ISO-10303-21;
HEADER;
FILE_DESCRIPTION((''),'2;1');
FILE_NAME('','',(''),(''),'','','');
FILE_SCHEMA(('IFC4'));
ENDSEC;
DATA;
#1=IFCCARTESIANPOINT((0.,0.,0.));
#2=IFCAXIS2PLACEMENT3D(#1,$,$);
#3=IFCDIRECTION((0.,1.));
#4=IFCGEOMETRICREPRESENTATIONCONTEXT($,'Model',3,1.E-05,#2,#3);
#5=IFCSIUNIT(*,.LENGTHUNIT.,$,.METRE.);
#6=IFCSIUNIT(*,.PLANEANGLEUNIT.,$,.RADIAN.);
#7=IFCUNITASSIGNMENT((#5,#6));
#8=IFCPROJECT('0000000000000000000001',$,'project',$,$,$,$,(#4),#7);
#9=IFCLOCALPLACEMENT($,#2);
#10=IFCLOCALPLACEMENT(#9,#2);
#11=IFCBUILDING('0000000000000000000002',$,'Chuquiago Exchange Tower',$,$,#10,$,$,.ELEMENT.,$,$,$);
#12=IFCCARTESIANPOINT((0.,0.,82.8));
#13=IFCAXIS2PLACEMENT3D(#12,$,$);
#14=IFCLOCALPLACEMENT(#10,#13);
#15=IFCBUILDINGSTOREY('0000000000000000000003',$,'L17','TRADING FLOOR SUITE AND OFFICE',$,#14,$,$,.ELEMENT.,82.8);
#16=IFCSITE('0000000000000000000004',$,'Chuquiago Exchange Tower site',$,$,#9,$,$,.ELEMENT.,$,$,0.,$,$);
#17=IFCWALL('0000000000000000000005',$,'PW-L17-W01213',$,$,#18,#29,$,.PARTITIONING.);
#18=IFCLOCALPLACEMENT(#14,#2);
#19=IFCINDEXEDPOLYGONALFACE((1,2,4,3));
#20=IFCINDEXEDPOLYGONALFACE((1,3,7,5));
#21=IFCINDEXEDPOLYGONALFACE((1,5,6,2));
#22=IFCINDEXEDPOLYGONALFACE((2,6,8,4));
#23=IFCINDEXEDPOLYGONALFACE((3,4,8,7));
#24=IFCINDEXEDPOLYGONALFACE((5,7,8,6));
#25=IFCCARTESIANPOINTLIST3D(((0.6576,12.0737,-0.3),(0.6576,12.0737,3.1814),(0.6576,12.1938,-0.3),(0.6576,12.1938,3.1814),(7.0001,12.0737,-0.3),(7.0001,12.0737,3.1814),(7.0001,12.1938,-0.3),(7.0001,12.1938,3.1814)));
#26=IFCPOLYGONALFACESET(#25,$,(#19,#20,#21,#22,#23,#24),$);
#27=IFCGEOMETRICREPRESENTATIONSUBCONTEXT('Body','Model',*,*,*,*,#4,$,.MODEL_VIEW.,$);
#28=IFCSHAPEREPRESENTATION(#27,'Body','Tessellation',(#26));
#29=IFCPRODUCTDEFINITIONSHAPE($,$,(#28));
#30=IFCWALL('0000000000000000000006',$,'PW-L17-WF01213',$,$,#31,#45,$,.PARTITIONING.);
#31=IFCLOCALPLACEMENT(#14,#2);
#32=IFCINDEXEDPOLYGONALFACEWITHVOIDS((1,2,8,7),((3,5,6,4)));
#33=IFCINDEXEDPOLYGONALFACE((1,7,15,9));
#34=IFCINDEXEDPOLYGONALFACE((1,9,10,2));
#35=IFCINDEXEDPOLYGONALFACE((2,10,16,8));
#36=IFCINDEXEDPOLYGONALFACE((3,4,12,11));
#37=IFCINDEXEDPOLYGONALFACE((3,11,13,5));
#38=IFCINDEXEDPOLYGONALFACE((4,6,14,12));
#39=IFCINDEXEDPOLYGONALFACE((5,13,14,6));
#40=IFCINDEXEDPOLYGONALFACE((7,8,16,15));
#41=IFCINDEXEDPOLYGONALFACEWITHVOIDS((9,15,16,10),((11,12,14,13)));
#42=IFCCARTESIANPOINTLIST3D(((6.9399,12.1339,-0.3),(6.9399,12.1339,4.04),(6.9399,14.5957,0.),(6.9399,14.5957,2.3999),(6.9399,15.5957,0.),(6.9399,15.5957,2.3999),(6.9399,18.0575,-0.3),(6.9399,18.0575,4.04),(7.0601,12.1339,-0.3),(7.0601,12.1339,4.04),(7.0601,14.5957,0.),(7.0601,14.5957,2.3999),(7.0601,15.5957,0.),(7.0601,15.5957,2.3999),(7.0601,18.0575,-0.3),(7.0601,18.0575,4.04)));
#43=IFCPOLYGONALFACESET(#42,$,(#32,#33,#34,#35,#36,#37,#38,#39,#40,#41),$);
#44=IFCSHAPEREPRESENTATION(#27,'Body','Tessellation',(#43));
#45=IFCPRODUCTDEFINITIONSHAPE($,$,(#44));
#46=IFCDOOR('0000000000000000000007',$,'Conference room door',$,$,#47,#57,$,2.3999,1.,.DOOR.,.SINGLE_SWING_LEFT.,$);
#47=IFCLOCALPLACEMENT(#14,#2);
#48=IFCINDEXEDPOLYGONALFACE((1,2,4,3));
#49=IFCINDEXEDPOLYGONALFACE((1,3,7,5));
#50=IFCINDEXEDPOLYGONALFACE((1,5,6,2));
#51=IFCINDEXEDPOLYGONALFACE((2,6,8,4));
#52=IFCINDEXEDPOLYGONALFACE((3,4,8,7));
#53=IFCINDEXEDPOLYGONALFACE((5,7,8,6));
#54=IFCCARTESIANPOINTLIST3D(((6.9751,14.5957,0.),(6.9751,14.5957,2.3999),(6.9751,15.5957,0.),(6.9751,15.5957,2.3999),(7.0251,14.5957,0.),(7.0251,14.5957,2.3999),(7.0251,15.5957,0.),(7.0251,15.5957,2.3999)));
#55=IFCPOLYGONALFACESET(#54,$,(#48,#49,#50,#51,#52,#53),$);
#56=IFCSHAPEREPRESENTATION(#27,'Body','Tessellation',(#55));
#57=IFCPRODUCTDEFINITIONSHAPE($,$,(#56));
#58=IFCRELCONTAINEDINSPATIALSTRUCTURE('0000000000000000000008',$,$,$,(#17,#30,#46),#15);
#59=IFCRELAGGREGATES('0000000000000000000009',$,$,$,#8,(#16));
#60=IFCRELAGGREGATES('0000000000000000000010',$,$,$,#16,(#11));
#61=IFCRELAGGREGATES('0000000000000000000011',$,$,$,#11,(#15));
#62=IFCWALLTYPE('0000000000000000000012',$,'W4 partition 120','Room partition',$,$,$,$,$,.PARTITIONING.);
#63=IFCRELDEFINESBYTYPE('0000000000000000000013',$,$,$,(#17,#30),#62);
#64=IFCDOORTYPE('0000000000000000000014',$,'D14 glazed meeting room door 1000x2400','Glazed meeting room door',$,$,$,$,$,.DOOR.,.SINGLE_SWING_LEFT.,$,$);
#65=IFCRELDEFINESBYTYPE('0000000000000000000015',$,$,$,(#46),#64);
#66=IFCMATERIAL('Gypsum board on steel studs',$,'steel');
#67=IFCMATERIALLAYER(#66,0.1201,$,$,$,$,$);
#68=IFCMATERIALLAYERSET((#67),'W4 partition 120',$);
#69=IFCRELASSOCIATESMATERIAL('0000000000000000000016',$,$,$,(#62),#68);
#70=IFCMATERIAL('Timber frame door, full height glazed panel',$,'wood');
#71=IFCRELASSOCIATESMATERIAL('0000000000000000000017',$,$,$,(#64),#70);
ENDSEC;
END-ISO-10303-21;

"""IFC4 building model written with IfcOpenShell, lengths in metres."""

from ifc_helpers import new_model, si_unit, direction, frame, frame_2d, origin, place, context, subcontext, project, spatial, rectangle, extrude, material, layer, layer_set, type_object, element, fill, save


model = new_model("IFC4")

# Units and contexts
model_context = context("Model", 3, precision=1e-05, world=origin(), true_north=direction((0.0, 1.0)))
body_context = subcontext(model_context, "Body", "Model", "MODEL_VIEW")
ifc_project = project(units=[si_unit("LENGTHUNIT", "METRE"), si_unit("PLANEANGLEUNIT", "RADIAN")], contexts=[model_context])

# Site, building, storey
site_placement = place(None, origin())
site = spatial("IfcSite", under=ifc_project, at=site_placement, Name="Chuquiago Exchange Tower site", CompositionType="ELEMENT", RefElevation=0.0)
building_placement = place(site_placement, origin())
building = spatial("IfcBuilding", under=site, at=building_placement, Name="Chuquiago Exchange Tower", CompositionType="ELEMENT")
storey_placement = place(building_placement, frame((0.0, 0.0, 82.8)))
storey = spatial("IfcBuildingStorey", under=building, at=storey_placement, Name="L17", Description="TRADING FLOOR SUITE AND OFFICE", CompositionType="ELEMENT", Elevation=82.8)

# Shared definitions
ifc_material_1 = material(Name="Gypsum board on steel studs", Category="steel")
ifc_layer_1 = layer(ifc_material_1, 0.1201)
ifc_layer_set_1 = layer_set([ifc_layer_1], Name="W4 partition 120")
wall_type_1 = type_object("IfcWallType", Name="W4 partition 120", Description="Room partition", PredefinedType="PARTITIONING", material=ifc_layer_set_1)

# Wall
wall_1_placement = place(storey_placement, frame((0.6575, 12.1338, -0.3), z_axis=(0.0, 0.0, 1.0), x_axis=(1.0, 0.0, 0.0)))
element("IfcWall", 1, at=wall_1_placement, inside=storey, type_object=wall_type_1, Name="PW-L17-W01213", PredefinedType="PARTITIONING", context=body_context, shape_type="SweptSolid", body=[
    extrude(rectangle(XDim=6.3425, YDim=0.1201, at=frame_2d((3.1714, 0.0))), origin(), (0.0, 0.0, 1.0), 3.4814),
])

# Wall, opening, door
wall_2_placement = place(storey_placement, frame((7.0, 12.1338, -0.3), z_axis=(0.0, 0.0, 1.0), x_axis=(0.0, 1.0, 0.0)))
wall_2 = element("IfcWall", 2, at=wall_2_placement, inside=storey, type_object=wall_type_1, Name="PW-L17-WF01213", PredefinedType="PARTITIONING", context=body_context, shape_type="SweptSolid", body=[
    extrude(rectangle(XDim=5.9236, YDim=0.1201, at=frame_2d((2.9619, 0.0))), origin(), (0.0, 0.0, 1.0), 4.3401),
])
opening_1_placement = place(wall_2_placement, frame((2.4619, 0.0, 0.3)))
opening_1 = element("IfcOpeningElement", 3, at=opening_1_placement, cuts=wall_2, PredefinedType="OPENING", context=body_context, shape_type="SweptSolid", body=[
    extrude(rectangle(XDim=1.0, YDim=2.3999, at=frame_2d((0.5, 1.2))), frame((0.0, 0.0701, 0.0), z_axis=(0.0, -1.0, 0.0), x_axis=(1.0, 0.0, 0.0)), (0.0, 0.0, 1.0), 0.1401),
])
ifc_material_2 = material(Name="Timber frame door, full height glazed panel", Category="wood")
door_type_1 = type_object("IfcDoorType", Name="D14 glazed meeting room door 1000x2400", Description="Glazed meeting room door", OperationType="SINGLE_SWING_LEFT", PredefinedType="DOOR", material=ifc_material_2)
door_1_placement = place(opening_1_placement, origin())
door_1 = element("IfcDoor", 4, at=door_1_placement, inside=storey, type_object=door_type_1, Name="Conference room door", OperationType="SINGLE_SWING_LEFT", OverallHeight=2.3999, OverallWidth=1.0, PredefinedType="DOOR", context=body_context, shape_type="SweptSolid", body=[
    extrude(rectangle(XDim=1.0, YDim=2.3999, at=frame_2d((0.5, 1.2))), frame((0.0, 0.0249, 0.0), z_axis=(0.0, -1.0, 0.0), x_axis=(1.0, 0.0, 0.0)), (0.0, 0.0, 1.0), 0.05),
])
fill(opening_1, door_1)

save(model, "model.ifc")
